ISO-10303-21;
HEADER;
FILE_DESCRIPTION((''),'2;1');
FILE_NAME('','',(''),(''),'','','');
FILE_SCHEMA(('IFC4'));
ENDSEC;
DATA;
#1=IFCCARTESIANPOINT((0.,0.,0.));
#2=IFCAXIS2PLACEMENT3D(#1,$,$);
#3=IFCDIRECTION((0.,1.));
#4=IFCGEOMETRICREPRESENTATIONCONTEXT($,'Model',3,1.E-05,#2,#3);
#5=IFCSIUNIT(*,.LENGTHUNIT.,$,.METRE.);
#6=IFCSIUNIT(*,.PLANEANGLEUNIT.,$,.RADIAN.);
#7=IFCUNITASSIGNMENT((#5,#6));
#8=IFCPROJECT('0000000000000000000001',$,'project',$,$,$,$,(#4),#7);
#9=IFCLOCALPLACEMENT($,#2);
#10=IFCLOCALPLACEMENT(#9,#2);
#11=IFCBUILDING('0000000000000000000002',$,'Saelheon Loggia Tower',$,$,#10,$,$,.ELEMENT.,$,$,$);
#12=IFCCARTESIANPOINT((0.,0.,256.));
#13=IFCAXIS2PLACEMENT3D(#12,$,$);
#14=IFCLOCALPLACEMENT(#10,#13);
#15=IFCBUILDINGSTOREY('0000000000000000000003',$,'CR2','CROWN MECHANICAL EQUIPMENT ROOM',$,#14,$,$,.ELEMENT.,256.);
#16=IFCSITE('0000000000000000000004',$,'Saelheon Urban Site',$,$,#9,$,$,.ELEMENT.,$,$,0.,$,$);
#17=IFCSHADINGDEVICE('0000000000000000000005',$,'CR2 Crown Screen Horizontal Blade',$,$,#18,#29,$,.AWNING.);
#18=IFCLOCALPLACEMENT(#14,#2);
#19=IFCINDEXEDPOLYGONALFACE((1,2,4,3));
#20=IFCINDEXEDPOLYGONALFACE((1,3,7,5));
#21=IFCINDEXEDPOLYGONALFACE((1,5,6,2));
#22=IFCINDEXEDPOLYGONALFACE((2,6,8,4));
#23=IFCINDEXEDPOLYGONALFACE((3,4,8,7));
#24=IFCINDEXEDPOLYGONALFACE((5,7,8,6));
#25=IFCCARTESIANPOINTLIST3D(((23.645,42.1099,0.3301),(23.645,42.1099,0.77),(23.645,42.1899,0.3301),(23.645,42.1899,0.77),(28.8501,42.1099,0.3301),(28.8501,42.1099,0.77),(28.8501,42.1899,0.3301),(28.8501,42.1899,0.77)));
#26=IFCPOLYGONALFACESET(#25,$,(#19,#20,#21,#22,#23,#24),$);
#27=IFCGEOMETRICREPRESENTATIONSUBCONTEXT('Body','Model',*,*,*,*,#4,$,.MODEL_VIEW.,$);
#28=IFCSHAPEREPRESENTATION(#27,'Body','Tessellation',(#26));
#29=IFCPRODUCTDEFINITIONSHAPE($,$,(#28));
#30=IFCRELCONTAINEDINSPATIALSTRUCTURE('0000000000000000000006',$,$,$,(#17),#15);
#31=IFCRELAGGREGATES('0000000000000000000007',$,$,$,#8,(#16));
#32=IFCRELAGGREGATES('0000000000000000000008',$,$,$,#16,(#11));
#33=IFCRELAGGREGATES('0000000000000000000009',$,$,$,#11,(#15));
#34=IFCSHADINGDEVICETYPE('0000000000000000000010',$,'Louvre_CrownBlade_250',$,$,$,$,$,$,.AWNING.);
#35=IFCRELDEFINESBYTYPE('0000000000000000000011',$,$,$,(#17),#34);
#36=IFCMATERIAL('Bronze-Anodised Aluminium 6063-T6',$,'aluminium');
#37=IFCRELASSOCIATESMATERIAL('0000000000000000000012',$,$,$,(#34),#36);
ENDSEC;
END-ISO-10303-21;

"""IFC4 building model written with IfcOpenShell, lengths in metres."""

from ifc_helpers import new_model, si_unit, direction, frame, origin, origin_2d, place, context, subcontext, project, spatial, rectangle, extrude, source, transform, mapped, material, material_profile, profile_set, type_object, element, save


model = new_model("IFC4")

# Units and contexts
model_context = context("Model", 3, precision=1e-05, world=origin(), true_north=direction((0.0, 1.0)))
body_context = subcontext(model_context, "Body", "Model", "MODEL_VIEW")
ifc_project = project(units=[si_unit("LENGTHUNIT", "METRE"), si_unit("PLANEANGLEUNIT", "RADIAN")], contexts=[model_context])

# Site, building, storey
site_placement = place(None, origin())
site = spatial("IfcSite", under=ifc_project, at=site_placement, Name="Saelheon Urban Site", CompositionType="ELEMENT", RefElevation=0.0)
building_placement = place(site_placement, origin())
building = spatial("IfcBuilding", under=site, at=building_placement, Name="Saelheon Loggia Tower", CompositionType="ELEMENT")
storey_placement = place(building_placement, frame((0.0, 0.0, 256.0)))
storey = spatial("IfcBuildingStorey", under=building, at=storey_placement, Name="CR2", Description="CROWN MECHANICAL EQUIPMENT ROOM", CompositionType="ELEMENT", Elevation=256.0)

# Shared definitions
ifc_material_1 = material(Name="Bronze-Anodised Aluminium 6063-T6", Category="aluminium")

# Shading device
ifc_material_profile_1 = material_profile(ifc_material_1, rectangle(XDim=0.0801, YDim=0.4399, at=origin_2d()), Name="Louvre_CrownBlade_250")
ifc_profile_set_1 = profile_set([ifc_material_profile_1], Name="Bronze-Anodised Aluminium 6063-T6")
shading_device_type = type_object("IfcShadingDeviceType", Name="Louvre_CrownBlade_250", PredefinedType="AWNING", material=ifc_profile_set_1)
shared_shape_1 = source(origin(), body_context, "Body", "SweptSolid", [
    extrude(rectangle(XDim=0.0801, YDim=0.4399, at=origin_2d()), origin(), (0.0, 0.0, 1.0), 5.2051),
])
shading_device_placement = place(storey_placement, frame((28.8501, 42.1499, 0.55), z_axis=(-1.0, 0.0, 0.0), x_axis=(0.0, -1.0, 0.0)))
element("IfcShadingDevice", 1, at=shading_device_placement, inside=storey, type_object=shading_device_type, Name="CR2 Crown Screen Horizontal Blade", PredefinedType="AWNING", context=body_context, shape_type="MappedRepresentation", body=[
    mapped(shared_shape_1, transform((0.0, 0.0, 0.0), scale=1.0)),
])

save(model, "model.ifc")
